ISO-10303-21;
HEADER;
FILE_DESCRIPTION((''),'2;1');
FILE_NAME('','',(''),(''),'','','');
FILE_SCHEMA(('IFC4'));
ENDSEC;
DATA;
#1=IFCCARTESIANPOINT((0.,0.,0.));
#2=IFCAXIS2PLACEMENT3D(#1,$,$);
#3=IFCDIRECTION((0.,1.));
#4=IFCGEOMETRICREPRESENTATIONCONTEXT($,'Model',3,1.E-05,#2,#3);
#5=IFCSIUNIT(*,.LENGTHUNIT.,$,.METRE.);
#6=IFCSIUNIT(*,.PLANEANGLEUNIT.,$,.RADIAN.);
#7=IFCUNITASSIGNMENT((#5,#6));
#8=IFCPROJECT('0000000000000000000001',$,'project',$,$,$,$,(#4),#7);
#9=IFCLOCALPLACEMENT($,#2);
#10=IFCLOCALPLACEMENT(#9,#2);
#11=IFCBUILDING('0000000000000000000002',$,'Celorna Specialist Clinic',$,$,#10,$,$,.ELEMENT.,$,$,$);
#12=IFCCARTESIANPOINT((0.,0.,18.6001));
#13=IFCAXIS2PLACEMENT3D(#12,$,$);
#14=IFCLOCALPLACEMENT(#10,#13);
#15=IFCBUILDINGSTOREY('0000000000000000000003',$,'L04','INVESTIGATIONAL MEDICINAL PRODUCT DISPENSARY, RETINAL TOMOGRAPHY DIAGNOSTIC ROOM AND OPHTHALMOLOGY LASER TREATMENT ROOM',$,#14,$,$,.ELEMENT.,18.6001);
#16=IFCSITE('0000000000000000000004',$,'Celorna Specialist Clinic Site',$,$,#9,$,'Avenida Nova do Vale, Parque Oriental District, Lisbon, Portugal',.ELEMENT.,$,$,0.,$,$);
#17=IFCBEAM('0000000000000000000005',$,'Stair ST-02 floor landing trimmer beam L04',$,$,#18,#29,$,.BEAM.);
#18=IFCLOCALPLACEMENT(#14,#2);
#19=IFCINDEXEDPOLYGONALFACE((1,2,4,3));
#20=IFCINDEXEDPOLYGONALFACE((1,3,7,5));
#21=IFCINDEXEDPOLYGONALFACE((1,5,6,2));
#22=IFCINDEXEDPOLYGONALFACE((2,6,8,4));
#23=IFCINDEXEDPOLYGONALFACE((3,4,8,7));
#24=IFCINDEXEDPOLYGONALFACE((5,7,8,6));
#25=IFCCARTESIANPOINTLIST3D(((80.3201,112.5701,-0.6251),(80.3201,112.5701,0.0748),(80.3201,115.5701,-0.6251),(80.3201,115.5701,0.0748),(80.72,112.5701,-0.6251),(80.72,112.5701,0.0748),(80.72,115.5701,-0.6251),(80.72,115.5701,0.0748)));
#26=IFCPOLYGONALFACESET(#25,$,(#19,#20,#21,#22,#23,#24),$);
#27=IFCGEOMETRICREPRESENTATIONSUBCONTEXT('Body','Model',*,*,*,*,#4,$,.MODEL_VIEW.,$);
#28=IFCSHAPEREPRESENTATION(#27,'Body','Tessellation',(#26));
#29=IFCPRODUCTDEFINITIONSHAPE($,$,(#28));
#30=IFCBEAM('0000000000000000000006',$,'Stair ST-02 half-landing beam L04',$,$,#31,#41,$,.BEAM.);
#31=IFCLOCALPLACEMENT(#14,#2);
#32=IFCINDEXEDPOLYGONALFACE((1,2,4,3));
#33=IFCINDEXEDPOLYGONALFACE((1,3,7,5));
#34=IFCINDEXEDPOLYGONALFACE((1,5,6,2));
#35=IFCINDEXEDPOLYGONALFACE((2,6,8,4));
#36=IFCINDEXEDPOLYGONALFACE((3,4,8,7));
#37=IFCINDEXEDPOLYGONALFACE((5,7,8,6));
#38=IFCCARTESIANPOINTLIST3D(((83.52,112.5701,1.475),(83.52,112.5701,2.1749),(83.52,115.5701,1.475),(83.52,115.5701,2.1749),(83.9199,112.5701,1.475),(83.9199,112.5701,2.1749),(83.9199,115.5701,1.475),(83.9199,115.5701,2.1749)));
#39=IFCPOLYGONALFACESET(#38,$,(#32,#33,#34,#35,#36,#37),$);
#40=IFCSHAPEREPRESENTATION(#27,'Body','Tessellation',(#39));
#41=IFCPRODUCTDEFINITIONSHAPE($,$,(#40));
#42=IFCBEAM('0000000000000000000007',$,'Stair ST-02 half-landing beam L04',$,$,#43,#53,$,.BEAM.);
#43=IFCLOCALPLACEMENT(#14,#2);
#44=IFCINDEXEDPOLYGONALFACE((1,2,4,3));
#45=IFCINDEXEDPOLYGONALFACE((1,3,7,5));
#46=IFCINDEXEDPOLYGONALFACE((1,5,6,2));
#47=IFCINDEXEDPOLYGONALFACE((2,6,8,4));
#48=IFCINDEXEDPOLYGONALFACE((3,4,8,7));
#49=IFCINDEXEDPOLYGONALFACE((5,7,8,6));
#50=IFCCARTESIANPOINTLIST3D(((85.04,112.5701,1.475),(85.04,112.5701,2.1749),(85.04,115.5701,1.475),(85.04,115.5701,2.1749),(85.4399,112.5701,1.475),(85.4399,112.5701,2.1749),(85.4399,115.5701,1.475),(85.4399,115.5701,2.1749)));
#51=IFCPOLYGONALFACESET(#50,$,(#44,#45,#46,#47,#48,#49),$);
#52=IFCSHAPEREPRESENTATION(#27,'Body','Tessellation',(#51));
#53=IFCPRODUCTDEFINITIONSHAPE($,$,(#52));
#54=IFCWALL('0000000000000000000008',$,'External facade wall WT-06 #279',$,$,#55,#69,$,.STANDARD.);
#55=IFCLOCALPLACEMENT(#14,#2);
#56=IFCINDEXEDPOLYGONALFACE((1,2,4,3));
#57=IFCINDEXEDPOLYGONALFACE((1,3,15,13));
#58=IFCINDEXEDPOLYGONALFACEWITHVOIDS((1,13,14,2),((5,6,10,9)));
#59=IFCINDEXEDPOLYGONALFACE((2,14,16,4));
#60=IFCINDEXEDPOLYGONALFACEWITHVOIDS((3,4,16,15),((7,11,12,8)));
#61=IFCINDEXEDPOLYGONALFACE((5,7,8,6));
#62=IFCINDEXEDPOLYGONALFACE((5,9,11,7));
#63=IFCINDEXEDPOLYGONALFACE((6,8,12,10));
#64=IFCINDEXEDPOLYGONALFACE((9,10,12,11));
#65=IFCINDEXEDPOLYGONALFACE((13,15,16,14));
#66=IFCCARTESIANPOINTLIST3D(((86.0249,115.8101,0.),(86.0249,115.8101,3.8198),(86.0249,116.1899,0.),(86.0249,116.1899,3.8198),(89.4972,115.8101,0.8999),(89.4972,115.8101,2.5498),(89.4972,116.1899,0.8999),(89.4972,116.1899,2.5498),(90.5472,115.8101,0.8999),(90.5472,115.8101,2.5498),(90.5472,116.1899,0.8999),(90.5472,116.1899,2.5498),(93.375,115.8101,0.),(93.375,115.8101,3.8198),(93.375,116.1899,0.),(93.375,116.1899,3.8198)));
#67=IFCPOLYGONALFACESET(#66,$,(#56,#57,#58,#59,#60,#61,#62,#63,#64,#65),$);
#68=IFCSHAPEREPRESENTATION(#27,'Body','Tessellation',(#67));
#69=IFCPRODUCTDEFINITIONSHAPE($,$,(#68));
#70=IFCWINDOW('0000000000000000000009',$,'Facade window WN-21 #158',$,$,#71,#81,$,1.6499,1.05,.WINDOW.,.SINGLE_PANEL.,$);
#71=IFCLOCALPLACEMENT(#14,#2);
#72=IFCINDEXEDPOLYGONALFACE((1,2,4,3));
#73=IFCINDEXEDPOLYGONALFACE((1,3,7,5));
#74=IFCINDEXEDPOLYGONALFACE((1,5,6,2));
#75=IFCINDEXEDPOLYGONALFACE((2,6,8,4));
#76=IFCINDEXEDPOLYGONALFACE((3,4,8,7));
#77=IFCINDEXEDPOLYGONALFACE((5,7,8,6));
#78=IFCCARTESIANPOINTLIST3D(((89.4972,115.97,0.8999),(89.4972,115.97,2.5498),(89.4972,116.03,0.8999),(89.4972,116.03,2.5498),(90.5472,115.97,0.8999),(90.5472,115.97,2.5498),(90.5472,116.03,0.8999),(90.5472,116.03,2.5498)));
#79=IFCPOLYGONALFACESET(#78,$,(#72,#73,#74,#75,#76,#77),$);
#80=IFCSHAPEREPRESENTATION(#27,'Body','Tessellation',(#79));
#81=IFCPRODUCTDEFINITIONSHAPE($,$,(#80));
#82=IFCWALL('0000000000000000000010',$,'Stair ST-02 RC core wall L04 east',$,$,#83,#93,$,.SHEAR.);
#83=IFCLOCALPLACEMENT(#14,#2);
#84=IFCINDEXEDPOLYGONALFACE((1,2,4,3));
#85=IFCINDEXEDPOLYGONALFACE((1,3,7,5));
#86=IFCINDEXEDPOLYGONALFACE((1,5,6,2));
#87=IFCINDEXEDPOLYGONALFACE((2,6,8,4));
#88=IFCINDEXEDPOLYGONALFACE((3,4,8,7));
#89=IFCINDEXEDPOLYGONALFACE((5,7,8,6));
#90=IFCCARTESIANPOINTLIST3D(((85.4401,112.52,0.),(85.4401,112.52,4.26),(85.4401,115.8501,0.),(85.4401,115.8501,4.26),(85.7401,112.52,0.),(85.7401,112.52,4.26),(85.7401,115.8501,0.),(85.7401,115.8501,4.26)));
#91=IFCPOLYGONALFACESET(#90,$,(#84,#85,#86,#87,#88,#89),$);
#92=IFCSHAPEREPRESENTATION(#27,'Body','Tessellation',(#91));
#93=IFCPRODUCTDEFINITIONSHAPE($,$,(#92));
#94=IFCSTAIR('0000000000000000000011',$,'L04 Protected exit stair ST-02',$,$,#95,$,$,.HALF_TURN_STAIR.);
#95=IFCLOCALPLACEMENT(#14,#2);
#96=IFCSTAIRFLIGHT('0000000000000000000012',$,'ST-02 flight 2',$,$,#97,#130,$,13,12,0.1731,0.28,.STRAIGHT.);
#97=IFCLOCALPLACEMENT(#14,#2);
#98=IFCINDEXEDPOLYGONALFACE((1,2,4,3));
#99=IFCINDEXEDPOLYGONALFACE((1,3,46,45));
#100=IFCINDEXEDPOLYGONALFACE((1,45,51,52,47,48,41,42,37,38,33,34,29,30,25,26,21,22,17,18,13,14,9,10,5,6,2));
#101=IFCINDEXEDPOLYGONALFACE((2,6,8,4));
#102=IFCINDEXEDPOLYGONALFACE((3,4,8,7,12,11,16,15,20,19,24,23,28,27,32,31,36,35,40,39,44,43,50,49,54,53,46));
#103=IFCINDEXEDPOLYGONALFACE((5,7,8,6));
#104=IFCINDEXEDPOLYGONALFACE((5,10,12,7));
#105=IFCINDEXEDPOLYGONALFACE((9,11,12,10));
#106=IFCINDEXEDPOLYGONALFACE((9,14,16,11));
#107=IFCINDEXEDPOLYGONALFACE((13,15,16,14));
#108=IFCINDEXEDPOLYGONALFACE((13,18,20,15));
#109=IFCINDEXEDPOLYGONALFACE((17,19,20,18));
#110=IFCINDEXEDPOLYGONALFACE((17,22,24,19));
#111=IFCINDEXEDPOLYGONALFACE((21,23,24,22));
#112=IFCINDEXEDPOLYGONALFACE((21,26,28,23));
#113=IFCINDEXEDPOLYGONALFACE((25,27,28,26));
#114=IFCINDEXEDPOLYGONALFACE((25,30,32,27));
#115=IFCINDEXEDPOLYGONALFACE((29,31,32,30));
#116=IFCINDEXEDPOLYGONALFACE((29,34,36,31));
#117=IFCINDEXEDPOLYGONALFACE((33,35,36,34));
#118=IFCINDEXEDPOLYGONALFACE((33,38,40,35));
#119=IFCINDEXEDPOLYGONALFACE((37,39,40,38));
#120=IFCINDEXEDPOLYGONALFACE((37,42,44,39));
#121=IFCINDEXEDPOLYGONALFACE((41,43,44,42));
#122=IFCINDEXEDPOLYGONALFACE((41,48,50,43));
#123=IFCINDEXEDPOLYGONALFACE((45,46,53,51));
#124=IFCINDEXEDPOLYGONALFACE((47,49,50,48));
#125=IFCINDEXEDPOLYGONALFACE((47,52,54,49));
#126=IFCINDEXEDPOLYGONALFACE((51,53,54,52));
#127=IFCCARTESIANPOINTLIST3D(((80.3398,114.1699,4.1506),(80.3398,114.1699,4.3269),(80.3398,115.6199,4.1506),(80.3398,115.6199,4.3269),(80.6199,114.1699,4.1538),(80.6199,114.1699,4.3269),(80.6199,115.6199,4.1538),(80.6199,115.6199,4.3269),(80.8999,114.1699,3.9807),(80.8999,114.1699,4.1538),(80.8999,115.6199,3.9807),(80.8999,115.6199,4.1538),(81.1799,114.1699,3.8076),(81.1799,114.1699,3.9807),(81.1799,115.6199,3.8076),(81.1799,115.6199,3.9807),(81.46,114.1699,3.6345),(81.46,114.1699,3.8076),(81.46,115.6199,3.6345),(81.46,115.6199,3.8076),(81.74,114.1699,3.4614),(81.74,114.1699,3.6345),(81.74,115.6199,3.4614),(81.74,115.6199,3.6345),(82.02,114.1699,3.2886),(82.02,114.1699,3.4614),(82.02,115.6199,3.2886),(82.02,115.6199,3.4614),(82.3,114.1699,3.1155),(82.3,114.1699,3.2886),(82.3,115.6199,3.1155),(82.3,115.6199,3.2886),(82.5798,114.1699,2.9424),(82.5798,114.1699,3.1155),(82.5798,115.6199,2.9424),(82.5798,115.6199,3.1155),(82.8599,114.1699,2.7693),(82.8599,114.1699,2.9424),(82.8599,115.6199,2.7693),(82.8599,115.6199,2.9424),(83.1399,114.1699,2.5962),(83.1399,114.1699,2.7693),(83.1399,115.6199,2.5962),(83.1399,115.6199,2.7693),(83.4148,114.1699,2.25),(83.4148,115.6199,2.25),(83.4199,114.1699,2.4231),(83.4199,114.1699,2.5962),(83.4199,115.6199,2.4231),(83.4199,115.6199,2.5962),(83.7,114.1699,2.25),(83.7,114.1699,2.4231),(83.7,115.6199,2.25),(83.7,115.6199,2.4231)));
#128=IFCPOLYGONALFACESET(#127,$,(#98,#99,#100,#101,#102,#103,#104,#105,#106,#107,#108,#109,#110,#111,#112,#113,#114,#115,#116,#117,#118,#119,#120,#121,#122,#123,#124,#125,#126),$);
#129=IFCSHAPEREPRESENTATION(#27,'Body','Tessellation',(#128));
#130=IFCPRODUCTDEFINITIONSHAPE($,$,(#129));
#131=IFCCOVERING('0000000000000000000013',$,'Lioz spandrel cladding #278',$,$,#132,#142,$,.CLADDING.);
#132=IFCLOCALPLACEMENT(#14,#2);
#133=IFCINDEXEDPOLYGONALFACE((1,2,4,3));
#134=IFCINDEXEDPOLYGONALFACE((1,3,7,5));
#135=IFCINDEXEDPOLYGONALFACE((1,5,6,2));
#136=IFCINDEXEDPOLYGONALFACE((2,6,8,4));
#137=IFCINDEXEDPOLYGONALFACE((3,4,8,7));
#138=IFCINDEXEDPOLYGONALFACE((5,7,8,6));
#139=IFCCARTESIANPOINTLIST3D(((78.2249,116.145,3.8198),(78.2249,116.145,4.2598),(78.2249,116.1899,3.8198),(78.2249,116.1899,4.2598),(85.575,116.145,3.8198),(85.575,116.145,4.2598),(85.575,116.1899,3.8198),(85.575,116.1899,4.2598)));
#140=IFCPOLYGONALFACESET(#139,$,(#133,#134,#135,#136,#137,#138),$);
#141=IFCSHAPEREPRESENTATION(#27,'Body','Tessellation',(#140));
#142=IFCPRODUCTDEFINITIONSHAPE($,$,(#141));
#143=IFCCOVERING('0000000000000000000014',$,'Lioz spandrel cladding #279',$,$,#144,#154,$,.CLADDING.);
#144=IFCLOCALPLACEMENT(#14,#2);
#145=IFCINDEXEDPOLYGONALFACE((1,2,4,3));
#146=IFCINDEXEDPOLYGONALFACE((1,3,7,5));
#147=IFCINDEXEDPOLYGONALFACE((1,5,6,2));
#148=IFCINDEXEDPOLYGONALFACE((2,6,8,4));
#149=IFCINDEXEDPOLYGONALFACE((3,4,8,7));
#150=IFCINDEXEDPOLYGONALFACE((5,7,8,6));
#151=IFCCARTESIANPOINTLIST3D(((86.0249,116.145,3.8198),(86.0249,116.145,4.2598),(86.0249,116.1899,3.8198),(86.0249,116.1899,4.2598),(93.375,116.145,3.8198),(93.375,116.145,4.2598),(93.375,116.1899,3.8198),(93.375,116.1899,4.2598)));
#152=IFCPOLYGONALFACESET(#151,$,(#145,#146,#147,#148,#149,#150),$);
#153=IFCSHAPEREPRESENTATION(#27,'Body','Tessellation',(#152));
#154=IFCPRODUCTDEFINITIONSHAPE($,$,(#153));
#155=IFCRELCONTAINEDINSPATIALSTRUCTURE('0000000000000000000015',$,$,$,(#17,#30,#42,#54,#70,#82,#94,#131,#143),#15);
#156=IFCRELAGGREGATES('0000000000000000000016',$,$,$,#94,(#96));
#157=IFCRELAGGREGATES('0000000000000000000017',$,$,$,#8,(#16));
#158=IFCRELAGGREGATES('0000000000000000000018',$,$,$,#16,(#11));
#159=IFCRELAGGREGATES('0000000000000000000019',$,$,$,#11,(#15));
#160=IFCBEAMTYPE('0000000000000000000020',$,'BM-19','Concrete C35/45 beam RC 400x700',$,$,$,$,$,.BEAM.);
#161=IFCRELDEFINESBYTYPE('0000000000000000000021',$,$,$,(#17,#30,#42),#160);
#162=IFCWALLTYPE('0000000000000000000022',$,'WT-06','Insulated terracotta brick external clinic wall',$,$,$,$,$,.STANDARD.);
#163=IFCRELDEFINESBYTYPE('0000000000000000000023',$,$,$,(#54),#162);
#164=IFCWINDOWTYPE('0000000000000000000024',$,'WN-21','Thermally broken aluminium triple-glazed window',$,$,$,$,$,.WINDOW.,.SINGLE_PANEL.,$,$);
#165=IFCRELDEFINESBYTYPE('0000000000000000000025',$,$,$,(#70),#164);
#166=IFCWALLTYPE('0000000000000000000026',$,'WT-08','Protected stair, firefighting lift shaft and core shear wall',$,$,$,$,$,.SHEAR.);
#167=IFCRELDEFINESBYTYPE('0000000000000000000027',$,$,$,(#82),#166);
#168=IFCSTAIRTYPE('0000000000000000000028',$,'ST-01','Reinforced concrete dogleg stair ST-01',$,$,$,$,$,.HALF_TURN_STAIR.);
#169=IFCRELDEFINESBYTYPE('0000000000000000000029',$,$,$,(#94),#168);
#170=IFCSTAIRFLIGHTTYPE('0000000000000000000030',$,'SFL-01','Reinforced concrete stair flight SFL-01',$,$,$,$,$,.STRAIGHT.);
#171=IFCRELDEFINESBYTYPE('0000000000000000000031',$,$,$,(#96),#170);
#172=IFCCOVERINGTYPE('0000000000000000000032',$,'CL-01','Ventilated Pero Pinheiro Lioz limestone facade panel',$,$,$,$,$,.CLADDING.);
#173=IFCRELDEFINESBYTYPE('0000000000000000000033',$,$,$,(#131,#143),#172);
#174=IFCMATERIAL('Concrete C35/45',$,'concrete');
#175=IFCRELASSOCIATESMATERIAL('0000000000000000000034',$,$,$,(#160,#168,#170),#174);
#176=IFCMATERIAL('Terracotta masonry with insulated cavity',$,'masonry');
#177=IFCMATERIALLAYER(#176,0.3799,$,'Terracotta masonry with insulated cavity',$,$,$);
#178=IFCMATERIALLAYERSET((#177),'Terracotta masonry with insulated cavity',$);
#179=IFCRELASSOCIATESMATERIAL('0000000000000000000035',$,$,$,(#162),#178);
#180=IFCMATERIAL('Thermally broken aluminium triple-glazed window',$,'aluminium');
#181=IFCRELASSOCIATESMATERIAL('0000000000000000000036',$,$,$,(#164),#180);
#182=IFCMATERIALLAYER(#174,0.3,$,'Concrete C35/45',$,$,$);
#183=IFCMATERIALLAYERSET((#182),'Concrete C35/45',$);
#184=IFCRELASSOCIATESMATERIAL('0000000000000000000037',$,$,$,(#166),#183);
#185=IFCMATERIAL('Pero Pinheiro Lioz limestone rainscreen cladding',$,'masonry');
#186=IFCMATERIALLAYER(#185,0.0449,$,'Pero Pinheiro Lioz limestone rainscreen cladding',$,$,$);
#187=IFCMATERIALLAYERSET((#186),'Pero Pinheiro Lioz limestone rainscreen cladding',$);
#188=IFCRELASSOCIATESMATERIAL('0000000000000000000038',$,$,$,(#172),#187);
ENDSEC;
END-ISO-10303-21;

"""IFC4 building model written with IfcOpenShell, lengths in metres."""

from ifc_helpers import new_model, si_unit, direction, frame, frame_2d, origin, origin_2d, place, context, subcontext, project, spatial, polyline, rectangle, outline, extrude, material, layer, layer_set, material_profile, profile_set, type_object, element, fill, aggregate, save


model = new_model("IFC4")

# Units and contexts
model_context = context("Model", 3, precision=1e-05, world=origin(), true_north=direction((0.0, 1.0)))
body_context = subcontext(model_context, "Body", "Model", "MODEL_VIEW")
ifc_project = project(units=[si_unit("LENGTHUNIT", "METRE"), si_unit("PLANEANGLEUNIT", "RADIAN")], contexts=[model_context])

# Site, building, storey
site_placement = place(None, origin())
site = spatial("IfcSite", under=ifc_project, at=site_placement, Name="Celorna Specialist Clinic Site", LongName="Avenida Nova do Vale, Parque Oriental District, Lisbon, Portugal", CompositionType="ELEMENT", RefElevation=0.0)
building_placement = place(site_placement, origin())
building = spatial("IfcBuilding", under=site, at=building_placement, Name="Celorna Specialist Clinic", CompositionType="ELEMENT")
storey_placement = place(building_placement, frame((0.0, 0.0, 18.6001)))
storey = spatial("IfcBuildingStorey", under=building, at=storey_placement, Name="L04", Description="INVESTIGATIONAL MEDICINAL PRODUCT DISPENSARY, RETINAL TOMOGRAPHY DIAGNOSTIC ROOM AND OPHTHALMOLOGY LASER TREATMENT ROOM", CompositionType="ELEMENT", Elevation=18.6001)

# Shared definitions
ifc_material_1 = material(Name="Concrete C35/45", Category="concrete")

# Beams
ifc_material_profile_1 = material_profile(ifc_material_1, rectangle(XDim=0.3999, YDim=0.7, at=origin_2d()), Name="RC 400x700")
ifc_profile_set_1 = profile_set([ifc_material_profile_1], Name="Concrete C35/45")
beam_type_1 = type_object("IfcBeamType", Name="BM-19", Description="Concrete C35/45 beam RC 400x700", PredefinedType="BEAM", material=ifc_profile_set_1)
for number, where, z_axis, x_axis, name in (
    (1, (80.52, 112.5701, -0.2751), (0.0, 1.0, 0.0), (-1.0, 0.0, 0.0), "Stair ST-02 floor landing trimmer beam L04"),
    (2, (83.72, 112.5701, 1.825), (0.0, 1.0, 0.0), (-1.0, 0.0, 0.0), "Stair ST-02 half-landing beam L04"),
    (3, (85.24, 112.5701, 1.825), (0.0, 1.0, 0.0), (-1.0, 0.0, 0.0), "Stair ST-02 half-landing beam L04"),
):
    element("IfcBeam", number, at=place(storey_placement, frame(where, z_axis=z_axis, x_axis=x_axis)), inside=storey, type_object=beam_type_1, Name=name, PredefinedType="BEAM", context=body_context, shape_type="SweptSolid", body=[
        extrude(rectangle(XDim=0.3999, YDim=0.7, at=origin_2d()), origin(), (0.0, 0.0, 1.0), 3.0),
    ])

# Wall, opening, window
ifc_material_2 = material(Name="Terracotta masonry with insulated cavity", Category="masonry")
ifc_layer_1 = layer(ifc_material_2, 0.3799, Name="Terracotta masonry with insulated cavity")
ifc_layer_set_1 = layer_set([ifc_layer_1], Name="Terracotta masonry with insulated cavity")
wall_type_1 = type_object("IfcWallType", Name="WT-06", Description="Insulated terracotta brick external clinic wall", PredefinedType="STANDARD", material=ifc_layer_set_1)
wall_1_placement = place(storey_placement, frame((86.0249, 116.0, 0.0), z_axis=(0.0, 0.0, 1.0), x_axis=(1.0, 0.0, 0.0)))
wall_1 = element("IfcWall", 4, at=wall_1_placement, inside=storey, type_object=wall_type_1, Name="External facade wall WT-06 #279", PredefinedType="STANDARD", context=body_context, shape_type="SweptSolid", body=[
    extrude(rectangle(XDim=7.3501, YDim=0.3799, at=frame_2d((3.675, 0.0))), origin(), (0.0, 0.0, 1.0), 3.8198),
])
opening_placement = place(wall_1_placement, frame((3.4724, 0.0, 0.8999)))
opening = element("IfcOpeningElement", 5, at=opening_placement, cuts=wall_1, PredefinedType="OPENING", context=body_context, shape_type="SweptSolid", body=[
    extrude(rectangle(XDim=1.05, YDim=1.6499, at=frame_2d((0.5249, 0.825))), frame((0.0, 0.2, 0.0), z_axis=(0.0, -1.0, 0.0), x_axis=(1.0, 0.0, 0.0)), (0.0, 0.0, 1.0), 0.3999),
])
ifc_material_3 = material(Name="Thermally broken aluminium triple-glazed window", Category="aluminium")
window_type = type_object("IfcWindowType", Name="WN-21", Description="Thermally broken aluminium triple-glazed window", PartitioningType="SINGLE_PANEL", PredefinedType="WINDOW", material=ifc_material_3)
window_placement = place(opening_placement, origin())
window = element("IfcWindow", 6, at=window_placement, inside=storey, type_object=window_type, Name="Facade window WN-21 #158", OverallHeight=1.6499, OverallWidth=1.05, PartitioningType="SINGLE_PANEL", PredefinedType="WINDOW", context=body_context, shape_type="SweptSolid", body=[
    extrude(rectangle(XDim=1.05, YDim=1.6499, at=frame_2d((0.5249, 0.825))), frame((0.0, 0.03, 0.0), z_axis=(0.0, -1.0, 0.0), x_axis=(1.0, 0.0, 0.0)), (0.0, 0.0, 1.0), 0.0601),
])
fill(opening, window)

# Wall
ifc_layer_2 = layer(ifc_material_1, 0.3, Name="Concrete C35/45")
ifc_layer_set_2 = layer_set([ifc_layer_2], Name="Concrete C35/45")
wall_type_2 = type_object("IfcWallType", Name="WT-08", Description="Protected stair, firefighting lift shaft and core shear wall", PredefinedType="SHEAR", material=ifc_layer_set_2)
wall_2_placement = place(storey_placement, frame((85.5901, 112.52, 0.0), z_axis=(0.0, 0.0, 1.0), x_axis=(0.0, 1.0, 0.0)))
element("IfcWall", 7, at=wall_2_placement, inside=storey, type_object=wall_type_2, Name="Stair ST-02 RC core wall L04 east", PredefinedType="SHEAR", context=body_context, shape_type="SweptSolid", body=[
    extrude(rectangle(XDim=3.3301, YDim=0.3, at=frame_2d((1.665, 0.0))), origin(), (0.0, 0.0, 1.0), 4.26),
])

# Stair, stair flight
stair_type = type_object("IfcStairType", Name="ST-01", Description="Reinforced concrete dogleg stair ST-01", PredefinedType="HALF_TURN_STAIR", material=ifc_material_1)
stair_placement = place(storey_placement, origin())
stair = element("IfcStair", 8, at=stair_placement, inside=storey, type_object=stair_type, Name="L04 Protected exit stair ST-02", PredefinedType="HALF_TURN_STAIR")
stair_flight_type = type_object("IfcStairFlightType", Name="SFL-01", Description="Reinforced concrete stair flight SFL-01", PredefinedType="STRAIGHT", material=ifc_material_1)
stair_flight_placement = place(storey_placement, frame((83.7, 114.895, 2.25), z_axis=(0.0, 0.0, 1.0), x_axis=(-1.0, 0.0, 0.0)))
stair_flight = element("IfcStairFlight", 9, at=stair_flight_placement, type_object=stair_flight_type, Name="ST-02 flight 2", NumberOfRisers=13, NumberOfTreads=12, PredefinedType="STRAIGHT", RiserHeight=0.1731, TreadLength=0.28, context=body_context, shape_type="SweptSolid", body=[
    extrude(outline(polyline([(0.0, 0.0), (0.0, 0.1731), (0.28, 0.1731), (0.28, 0.3462), (0.5601, 0.3462), (0.5601, 0.5193), (0.8401, 0.5193), (0.8401, 0.6924), (1.1201, 0.6924), (1.1201, 0.8655), (1.3999, 0.8655), (1.3999, 1.0386), (1.6799, 1.0386), (1.6799, 1.2114), (1.96, 1.2114), (1.96, 1.3845), (2.24, 1.3845), (2.24, 1.5576), (2.52, 1.5576), (2.52, 1.7307), (2.8, 1.7307), (2.8, 1.9038), (3.0801, 1.9038), (3.0801, 2.0769), (3.3601, 2.0769), (3.3601, 2.25), (3.3601, 1.9006), (0.2852, 0.0), (0.0, 0.0)])), frame((0.0, 0.7251, 0.0), z_axis=(0.0, -1.0, 0.0), x_axis=(1.0, 0.0, 0.0)), (0.0, 0.0, 1.0), 1.45),
])
aggregate(stair, [stair_flight])

# Coverings
ifc_material_4 = material(Name="Pero Pinheiro Lioz limestone rainscreen cladding", Category="masonry")
ifc_layer_3 = layer(ifc_material_4, 0.0449, Name="Pero Pinheiro Lioz limestone rainscreen cladding")
ifc_layer_set_3 = layer_set([ifc_layer_3], Name="Pero Pinheiro Lioz limestone rainscreen cladding")
covering_type = type_object("IfcCoveringType", Name="CL-01", Description="Ventilated Pero Pinheiro Lioz limestone facade panel", PredefinedType="CLADDING", material=ifc_layer_set_3)
for number, where, z_axis, x_axis, name in (
    (10, (81.8999, 116.1675, 3.8198), (0.0, 0.0, 1.0), (1.0, 0.0, 0.0), "Lioz spandrel cladding #278"),
    (11, (89.7, 116.1675, 3.8198), (0.0, 0.0, 1.0), (1.0, 0.0, 0.0), "Lioz spandrel cladding #279"),
):
    element("IfcCovering", number, at=place(storey_placement, frame(where, z_axis=z_axis, x_axis=x_axis)), inside=storey, type_object=covering_type, Name=name, PredefinedType="CLADDING", context=body_context, shape_type="SweptSolid", body=[
        extrude(rectangle(XDim=7.3501, YDim=0.0449, at=origin_2d()), origin(), (0.0, 0.0, 1.0), 0.4399),
    ])

save(model, "model.ifc")
